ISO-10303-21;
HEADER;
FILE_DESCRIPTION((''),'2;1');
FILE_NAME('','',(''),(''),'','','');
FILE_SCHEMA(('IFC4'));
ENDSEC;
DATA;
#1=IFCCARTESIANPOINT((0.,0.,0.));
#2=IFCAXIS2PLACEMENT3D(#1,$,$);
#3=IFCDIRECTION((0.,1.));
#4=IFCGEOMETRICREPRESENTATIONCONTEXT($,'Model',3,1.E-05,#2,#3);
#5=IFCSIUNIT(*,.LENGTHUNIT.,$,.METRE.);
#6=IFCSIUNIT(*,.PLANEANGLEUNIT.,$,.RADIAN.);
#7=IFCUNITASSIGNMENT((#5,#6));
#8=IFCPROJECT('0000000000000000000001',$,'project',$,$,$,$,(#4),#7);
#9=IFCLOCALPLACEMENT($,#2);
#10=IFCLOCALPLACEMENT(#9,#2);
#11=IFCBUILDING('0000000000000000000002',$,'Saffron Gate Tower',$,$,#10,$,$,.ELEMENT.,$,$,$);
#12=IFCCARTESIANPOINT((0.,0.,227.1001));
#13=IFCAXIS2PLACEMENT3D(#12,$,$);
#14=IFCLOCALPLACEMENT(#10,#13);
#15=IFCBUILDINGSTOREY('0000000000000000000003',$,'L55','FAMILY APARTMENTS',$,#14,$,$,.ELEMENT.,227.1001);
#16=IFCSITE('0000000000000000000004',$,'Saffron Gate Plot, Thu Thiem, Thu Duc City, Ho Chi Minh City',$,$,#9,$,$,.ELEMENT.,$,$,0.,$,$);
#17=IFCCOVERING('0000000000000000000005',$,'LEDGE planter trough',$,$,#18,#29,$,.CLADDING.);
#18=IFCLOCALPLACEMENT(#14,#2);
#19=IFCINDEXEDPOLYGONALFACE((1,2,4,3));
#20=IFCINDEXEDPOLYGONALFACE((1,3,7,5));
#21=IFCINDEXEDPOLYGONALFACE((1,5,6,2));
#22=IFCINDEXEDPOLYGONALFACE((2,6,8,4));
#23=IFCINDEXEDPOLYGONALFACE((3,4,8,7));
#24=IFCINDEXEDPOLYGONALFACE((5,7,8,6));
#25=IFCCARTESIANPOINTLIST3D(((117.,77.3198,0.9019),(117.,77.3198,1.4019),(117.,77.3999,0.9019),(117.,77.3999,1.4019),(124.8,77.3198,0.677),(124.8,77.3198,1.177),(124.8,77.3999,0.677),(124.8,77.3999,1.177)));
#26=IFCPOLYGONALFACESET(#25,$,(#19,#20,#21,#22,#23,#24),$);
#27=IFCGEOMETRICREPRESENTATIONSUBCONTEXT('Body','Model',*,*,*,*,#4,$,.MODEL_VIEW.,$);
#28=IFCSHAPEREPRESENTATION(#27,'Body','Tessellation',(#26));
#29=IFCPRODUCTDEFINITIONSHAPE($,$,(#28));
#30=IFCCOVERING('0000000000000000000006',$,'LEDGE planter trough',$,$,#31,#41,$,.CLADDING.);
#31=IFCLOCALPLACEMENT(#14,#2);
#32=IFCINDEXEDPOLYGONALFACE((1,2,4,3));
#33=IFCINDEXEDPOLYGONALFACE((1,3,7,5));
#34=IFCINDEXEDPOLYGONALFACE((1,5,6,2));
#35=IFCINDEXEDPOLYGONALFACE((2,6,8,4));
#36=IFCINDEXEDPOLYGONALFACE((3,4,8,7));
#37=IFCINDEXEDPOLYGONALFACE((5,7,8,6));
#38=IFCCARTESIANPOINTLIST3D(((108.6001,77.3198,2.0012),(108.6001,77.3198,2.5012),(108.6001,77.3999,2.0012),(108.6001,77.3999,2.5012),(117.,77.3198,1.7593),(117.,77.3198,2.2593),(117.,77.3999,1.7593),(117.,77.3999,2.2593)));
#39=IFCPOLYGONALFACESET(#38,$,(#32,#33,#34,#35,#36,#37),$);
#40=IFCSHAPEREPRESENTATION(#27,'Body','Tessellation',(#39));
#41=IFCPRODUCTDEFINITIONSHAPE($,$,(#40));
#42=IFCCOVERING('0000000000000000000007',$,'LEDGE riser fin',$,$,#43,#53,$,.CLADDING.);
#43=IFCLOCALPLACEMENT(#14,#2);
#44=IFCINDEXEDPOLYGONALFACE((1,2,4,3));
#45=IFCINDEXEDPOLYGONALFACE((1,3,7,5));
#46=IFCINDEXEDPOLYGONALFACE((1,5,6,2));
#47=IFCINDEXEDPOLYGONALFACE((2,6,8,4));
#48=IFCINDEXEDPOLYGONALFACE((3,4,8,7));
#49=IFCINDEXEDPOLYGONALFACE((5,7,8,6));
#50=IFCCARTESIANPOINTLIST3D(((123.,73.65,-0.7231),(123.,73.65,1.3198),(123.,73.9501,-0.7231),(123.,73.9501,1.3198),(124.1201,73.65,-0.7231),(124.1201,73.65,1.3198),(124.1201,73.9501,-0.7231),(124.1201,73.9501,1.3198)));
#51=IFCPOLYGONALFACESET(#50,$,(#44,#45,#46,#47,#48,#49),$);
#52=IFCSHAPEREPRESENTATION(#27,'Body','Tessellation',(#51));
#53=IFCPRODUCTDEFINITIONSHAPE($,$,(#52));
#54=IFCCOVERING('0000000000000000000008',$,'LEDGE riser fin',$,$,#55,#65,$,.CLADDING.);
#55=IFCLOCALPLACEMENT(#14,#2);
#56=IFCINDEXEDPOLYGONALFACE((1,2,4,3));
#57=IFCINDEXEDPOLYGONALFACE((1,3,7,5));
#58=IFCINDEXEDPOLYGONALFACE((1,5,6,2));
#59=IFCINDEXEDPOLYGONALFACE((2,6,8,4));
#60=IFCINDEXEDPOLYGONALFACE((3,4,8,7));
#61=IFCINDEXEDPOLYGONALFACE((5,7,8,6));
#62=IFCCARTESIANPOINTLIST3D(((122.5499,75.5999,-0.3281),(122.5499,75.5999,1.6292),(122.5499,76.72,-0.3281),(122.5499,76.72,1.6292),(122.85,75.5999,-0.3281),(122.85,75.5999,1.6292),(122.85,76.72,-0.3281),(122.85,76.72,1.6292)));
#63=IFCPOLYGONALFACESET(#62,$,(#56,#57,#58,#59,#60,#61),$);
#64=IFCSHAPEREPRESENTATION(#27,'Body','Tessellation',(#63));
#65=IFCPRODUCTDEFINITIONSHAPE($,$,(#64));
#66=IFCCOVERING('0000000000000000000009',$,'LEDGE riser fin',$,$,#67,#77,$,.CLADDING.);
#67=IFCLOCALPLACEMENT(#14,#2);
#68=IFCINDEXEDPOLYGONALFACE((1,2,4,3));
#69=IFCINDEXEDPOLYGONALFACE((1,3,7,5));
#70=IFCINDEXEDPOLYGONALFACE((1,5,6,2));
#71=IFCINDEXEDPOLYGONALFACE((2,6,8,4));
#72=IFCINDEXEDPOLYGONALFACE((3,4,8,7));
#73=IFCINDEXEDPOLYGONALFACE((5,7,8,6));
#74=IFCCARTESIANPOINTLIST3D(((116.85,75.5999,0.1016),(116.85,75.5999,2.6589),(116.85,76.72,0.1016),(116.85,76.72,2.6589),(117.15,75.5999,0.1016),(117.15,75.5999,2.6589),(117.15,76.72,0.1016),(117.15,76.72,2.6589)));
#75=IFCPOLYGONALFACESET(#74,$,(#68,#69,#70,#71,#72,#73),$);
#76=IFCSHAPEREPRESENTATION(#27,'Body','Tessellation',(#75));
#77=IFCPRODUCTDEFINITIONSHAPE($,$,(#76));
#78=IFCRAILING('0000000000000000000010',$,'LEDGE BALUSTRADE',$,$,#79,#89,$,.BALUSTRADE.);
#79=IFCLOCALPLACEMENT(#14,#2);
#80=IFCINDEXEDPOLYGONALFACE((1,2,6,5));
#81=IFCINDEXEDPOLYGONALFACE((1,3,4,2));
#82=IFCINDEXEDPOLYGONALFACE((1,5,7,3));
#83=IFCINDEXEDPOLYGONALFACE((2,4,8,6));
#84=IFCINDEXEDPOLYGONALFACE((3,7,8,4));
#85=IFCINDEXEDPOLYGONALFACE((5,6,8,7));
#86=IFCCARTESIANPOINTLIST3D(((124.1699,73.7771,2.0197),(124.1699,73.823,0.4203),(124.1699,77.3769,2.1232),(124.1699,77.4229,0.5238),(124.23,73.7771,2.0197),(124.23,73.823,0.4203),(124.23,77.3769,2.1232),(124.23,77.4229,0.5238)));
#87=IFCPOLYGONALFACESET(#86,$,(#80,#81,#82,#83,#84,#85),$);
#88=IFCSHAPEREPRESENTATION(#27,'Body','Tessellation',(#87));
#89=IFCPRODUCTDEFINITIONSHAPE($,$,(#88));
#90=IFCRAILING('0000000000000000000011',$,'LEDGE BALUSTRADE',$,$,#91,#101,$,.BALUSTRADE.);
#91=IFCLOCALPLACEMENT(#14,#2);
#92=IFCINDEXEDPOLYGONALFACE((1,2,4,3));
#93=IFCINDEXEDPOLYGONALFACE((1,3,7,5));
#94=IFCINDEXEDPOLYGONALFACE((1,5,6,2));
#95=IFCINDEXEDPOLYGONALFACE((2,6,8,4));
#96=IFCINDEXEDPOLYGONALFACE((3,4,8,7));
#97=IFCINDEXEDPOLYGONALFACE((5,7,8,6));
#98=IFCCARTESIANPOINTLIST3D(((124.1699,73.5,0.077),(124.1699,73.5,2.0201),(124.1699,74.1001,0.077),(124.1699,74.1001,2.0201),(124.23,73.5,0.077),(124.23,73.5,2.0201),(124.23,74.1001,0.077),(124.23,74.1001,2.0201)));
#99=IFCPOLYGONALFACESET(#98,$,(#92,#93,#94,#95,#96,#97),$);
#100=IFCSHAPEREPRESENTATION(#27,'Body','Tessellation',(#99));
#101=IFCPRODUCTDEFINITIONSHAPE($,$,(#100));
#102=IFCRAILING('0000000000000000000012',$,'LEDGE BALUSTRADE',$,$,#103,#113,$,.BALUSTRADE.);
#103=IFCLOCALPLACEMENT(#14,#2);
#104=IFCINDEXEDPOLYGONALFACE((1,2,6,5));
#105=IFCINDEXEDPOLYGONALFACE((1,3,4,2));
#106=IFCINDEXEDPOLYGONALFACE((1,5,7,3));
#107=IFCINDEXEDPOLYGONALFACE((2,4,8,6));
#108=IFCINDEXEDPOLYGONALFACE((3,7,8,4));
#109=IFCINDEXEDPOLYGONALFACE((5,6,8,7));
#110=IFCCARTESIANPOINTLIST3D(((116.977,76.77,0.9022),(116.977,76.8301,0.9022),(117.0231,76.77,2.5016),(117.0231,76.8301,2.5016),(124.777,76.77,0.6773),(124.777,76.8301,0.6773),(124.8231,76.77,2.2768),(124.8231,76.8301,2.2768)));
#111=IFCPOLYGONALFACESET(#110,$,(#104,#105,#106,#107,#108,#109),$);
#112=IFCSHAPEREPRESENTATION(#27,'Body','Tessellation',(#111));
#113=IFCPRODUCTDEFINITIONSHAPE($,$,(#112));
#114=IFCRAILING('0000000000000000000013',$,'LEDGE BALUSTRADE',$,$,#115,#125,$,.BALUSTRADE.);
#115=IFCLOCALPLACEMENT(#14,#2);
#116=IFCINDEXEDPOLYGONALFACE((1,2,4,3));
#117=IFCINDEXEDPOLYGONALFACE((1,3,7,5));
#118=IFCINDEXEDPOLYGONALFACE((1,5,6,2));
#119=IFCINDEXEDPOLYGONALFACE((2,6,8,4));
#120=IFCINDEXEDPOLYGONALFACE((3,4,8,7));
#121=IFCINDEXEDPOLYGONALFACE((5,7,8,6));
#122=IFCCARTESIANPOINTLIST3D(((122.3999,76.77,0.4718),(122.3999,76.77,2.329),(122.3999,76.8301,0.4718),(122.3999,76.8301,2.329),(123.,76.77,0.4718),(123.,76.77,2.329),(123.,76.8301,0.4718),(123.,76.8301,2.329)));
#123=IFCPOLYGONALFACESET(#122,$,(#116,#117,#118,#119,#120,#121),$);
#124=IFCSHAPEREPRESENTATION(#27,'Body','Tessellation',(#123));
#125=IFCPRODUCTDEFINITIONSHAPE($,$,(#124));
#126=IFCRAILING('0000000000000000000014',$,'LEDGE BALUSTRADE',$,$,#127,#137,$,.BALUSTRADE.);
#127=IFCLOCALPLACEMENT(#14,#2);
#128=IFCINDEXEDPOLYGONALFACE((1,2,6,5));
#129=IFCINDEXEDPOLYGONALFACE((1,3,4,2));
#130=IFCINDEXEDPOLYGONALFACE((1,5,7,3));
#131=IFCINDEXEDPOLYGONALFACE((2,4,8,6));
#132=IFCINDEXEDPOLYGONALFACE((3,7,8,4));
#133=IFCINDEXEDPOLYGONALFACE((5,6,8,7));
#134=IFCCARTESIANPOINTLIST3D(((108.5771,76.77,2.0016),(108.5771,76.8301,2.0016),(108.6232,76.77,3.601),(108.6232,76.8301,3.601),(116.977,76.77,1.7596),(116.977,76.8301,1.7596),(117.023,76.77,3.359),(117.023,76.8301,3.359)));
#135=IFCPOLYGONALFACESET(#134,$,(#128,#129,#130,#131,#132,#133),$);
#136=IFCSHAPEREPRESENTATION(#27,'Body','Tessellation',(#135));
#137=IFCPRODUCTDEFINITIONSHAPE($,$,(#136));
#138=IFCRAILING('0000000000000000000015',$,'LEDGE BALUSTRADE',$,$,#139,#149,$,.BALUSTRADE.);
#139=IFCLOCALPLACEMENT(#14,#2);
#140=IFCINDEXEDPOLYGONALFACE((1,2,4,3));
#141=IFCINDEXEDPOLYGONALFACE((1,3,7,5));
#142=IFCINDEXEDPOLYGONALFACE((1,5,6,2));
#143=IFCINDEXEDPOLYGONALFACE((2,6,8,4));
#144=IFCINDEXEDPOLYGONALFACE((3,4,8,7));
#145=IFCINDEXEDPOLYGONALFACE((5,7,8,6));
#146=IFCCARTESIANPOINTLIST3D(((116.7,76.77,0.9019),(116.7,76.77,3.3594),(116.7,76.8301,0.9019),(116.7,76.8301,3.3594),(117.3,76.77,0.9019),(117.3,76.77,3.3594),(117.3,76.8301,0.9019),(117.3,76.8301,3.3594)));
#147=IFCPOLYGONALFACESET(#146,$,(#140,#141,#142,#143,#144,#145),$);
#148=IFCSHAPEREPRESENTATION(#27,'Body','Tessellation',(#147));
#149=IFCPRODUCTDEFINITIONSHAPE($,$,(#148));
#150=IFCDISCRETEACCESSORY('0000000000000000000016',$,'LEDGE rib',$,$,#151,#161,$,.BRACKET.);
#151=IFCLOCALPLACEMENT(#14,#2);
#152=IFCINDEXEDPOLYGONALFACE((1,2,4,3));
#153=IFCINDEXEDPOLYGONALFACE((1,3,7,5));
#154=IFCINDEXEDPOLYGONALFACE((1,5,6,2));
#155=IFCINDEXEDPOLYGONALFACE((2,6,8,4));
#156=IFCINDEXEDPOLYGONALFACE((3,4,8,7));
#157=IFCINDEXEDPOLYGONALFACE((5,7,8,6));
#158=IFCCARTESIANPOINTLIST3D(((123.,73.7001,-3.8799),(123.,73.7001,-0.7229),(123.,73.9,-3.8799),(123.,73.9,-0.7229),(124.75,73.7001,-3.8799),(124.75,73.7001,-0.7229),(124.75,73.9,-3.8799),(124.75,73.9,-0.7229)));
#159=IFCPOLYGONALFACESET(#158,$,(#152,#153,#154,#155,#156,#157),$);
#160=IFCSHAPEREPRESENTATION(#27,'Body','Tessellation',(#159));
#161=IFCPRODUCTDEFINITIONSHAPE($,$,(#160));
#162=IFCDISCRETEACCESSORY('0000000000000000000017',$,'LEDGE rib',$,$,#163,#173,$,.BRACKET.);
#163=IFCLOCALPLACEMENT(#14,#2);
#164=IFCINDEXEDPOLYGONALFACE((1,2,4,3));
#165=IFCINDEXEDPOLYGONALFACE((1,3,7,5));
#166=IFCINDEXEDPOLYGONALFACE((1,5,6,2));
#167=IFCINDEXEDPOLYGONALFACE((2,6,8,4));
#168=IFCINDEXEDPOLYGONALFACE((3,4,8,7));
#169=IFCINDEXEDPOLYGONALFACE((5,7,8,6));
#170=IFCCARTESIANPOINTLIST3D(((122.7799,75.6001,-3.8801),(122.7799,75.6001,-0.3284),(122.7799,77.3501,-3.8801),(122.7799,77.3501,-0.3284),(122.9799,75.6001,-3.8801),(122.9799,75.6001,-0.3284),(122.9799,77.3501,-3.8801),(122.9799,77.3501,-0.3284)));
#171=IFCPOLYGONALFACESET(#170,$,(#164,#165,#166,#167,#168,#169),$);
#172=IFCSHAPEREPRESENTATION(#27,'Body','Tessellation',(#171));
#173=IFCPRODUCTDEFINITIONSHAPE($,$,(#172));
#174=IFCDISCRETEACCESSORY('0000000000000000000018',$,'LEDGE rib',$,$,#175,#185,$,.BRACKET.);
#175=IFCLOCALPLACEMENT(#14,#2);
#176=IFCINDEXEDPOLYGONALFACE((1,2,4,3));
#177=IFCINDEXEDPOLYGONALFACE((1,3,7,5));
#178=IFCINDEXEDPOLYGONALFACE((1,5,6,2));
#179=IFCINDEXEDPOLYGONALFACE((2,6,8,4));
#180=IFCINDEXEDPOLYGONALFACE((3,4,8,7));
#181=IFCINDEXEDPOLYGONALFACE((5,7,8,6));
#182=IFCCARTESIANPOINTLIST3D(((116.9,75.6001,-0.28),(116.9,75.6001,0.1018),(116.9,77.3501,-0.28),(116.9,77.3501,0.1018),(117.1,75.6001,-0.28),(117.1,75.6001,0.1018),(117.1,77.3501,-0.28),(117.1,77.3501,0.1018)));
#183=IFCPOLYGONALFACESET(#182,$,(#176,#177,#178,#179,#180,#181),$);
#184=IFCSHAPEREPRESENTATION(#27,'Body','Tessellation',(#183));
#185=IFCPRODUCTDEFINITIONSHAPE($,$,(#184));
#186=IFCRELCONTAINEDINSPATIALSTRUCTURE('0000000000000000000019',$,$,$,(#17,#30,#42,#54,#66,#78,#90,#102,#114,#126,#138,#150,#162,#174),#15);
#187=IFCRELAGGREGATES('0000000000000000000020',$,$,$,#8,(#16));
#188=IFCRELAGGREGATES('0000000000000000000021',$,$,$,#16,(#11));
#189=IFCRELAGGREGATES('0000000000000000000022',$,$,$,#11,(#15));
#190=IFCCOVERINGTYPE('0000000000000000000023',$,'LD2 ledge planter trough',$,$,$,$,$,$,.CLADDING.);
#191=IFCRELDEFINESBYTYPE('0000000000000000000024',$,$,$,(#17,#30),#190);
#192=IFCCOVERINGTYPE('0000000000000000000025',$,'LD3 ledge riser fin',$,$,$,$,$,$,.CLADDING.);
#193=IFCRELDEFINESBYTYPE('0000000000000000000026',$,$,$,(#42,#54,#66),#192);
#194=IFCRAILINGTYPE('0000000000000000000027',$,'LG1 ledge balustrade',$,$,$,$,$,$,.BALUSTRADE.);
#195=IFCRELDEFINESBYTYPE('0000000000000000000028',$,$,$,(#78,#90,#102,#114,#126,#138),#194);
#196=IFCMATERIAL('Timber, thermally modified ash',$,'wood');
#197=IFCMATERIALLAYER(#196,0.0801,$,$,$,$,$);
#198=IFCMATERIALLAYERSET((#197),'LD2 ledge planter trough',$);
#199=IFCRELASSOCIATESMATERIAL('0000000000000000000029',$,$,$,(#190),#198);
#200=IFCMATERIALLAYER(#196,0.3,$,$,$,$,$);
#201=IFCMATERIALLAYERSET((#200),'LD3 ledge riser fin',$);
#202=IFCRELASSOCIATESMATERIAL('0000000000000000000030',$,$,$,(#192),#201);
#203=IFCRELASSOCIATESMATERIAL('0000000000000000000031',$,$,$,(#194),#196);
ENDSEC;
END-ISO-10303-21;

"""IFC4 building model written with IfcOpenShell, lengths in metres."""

from ifc_helpers import new_model, si_unit, direction, frame, origin, origin_2d, place, context, subcontext, project, spatial, polyline, rectangle, outline, extrude, material, layer, layer_set, type_object, element, save


model = new_model("IFC4")

# Units and contexts
model_context = context("Model", 3, precision=1e-05, world=origin(), true_north=direction((0.0, 1.0)))
body_context = subcontext(model_context, "Body", "Model", "MODEL_VIEW")
ifc_project = project(units=[si_unit("LENGTHUNIT", "METRE"), si_unit("PLANEANGLEUNIT", "RADIAN")], contexts=[model_context])

# Site, building, storey
site_placement = place(None, origin())
site = spatial("IfcSite", under=ifc_project, at=site_placement, Name="Saffron Gate Plot, Thu Thiem, Thu Duc City, Ho Chi Minh City", CompositionType="ELEMENT", RefElevation=0.0)
building_placement = place(site_placement, origin())
building = spatial("IfcBuilding", under=site, at=building_placement, Name="Saffron Gate Tower", CompositionType="ELEMENT")
storey_placement = place(building_placement, frame((0.0, 0.0, 227.1001)))
storey = spatial("IfcBuildingStorey", under=building, at=storey_placement, Name="L55", Description="FAMILY APARTMENTS", CompositionType="ELEMENT", Elevation=227.1001)

# Coverings
ifc_material_1 = material(Name="Timber, thermally modified ash", Category="wood")
ifc_layer_1 = layer(ifc_material_1, 0.0801)
ifc_layer_set_1 = layer_set([ifc_layer_1], Name="LD2 ledge planter trough")
covering_type_1 = type_object("IfcCoveringType", Name="LD2 ledge planter trough", PredefinedType="CLADDING", material=ifc_layer_set_1)
covering_1_placement = place(storey_placement, frame((124.8, 77.3999, 0.677), z_axis=(0.0, 1.0, 0.0), x_axis=(-0.999585, 0.0, 0.028815)))
element("IfcCovering", 1, at=covering_1_placement, inside=storey, type_object=covering_type_1, Name="LEDGE planter trough", PredefinedType="CLADDING", context=body_context, shape_type="SweptSolid", body=[
    extrude(outline(polyline([(0.0, 0.0), (7.8033, 0.0), (7.8177, 0.4998), (0.0144, 0.4998), (0.0, 0.0)])), origin(), (0.0, 0.0, -1.0), 0.0801),
])
covering_2_placement = place(storey_placement, frame((117.0, 77.3999, 1.7593), z_axis=(0.0, 1.0, 0.0), x_axis=(-0.999585, 0.0, 0.028791)))
element("IfcCovering", 2, at=covering_2_placement, inside=storey, type_object=covering_type_1, Name="LEDGE planter trough", PredefinedType="CLADDING", context=body_context, shape_type="SweptSolid", body=[
    extrude(outline(polyline([(0.0, 0.0), (8.4034, 0.0), (8.4178, 0.4998), (0.0144, 0.4998), (0.0, 0.0)])), origin(), (0.0, 0.0, -1.0), 0.0801),
])
ifc_layer_2 = layer(ifc_material_1, 0.3)
ifc_layer_set_2 = layer_set([ifc_layer_2], Name="LD3 ledge riser fin")
covering_type_2 = type_object("IfcCoveringType", Name="LD3 ledge riser fin", PredefinedType="CLADDING", material=ifc_layer_set_2)
covering_3_placement = place(storey_placement, frame((123.5601, 73.8, -0.7231), z_axis=(0.0, 0.0, 1.0), x_axis=(0.0, 1.0, 0.0)))
element("IfcCovering", 3, at=covering_3_placement, inside=storey, type_object=covering_type_2, Name="LEDGE riser fin", PredefinedType="CLADDING", context=body_context, shape_type="SweptSolid", body=[
    extrude(rectangle(XDim=0.3, YDim=1.1201, at=origin_2d()), origin(), (0.0, 0.0, 1.0), 2.043),
])
covering_4_placement = place(storey_placement, frame((122.7, 76.1599, -0.3281), z_axis=(0.0, 0.0, 1.0), x_axis=(-1.0, 0.0, 0.0)))
element("IfcCovering", 4, at=covering_4_placement, inside=storey, type_object=covering_type_2, Name="LEDGE riser fin", PredefinedType="CLADDING", context=body_context, shape_type="SweptSolid", body=[
    extrude(rectangle(XDim=0.3, YDim=1.1201, at=origin_2d()), origin(), (0.0, 0.0, 1.0), 1.9573),
])
covering_5_placement = place(storey_placement, frame((117.0, 76.1599, 0.1016), z_axis=(0.0, 0.0, 1.0), x_axis=(-1.0, 0.0, 0.0)))
element("IfcCovering", 5, at=covering_5_placement, inside=storey, type_object=covering_type_2, Name="LEDGE riser fin", PredefinedType="CLADDING", context=body_context, shape_type="SweptSolid", body=[
    extrude(rectangle(XDim=0.3, YDim=1.1201, at=origin_2d()), origin(), (0.0, 0.0, 1.0), 2.5574),
])

# Railings
railing_type = type_object("IfcRailingType", Name="LG1 ledge balustrade", PredefinedType="BALUSTRADE", material=ifc_material_1)
railing_1_placement = place(storey_placement, frame((124.2, 73.8, 0.4199)))
element("IfcRailing", 6, at=railing_1_placement, inside=storey, type_object=railing_type, Name="LEDGE BALUSTRADE", PredefinedType="BALUSTRADE", context=body_context, shape_type="SweptSolid", body=[
    extrude(rectangle(XDim=0.0601, YDim=1.6001, at=origin_2d()), frame((0.0, 0.0, 0.8), z_axis=(0.0, 0.999587, 0.028744), x_axis=(-1.0, 0.0, 0.0)), (0.0, 0.0, 1.0), 3.6013),
])
railing_2_placement = place(storey_placement, frame((124.2, 73.5, 0.0769)))
element("IfcRailing", 7, at=railing_2_placement, inside=storey, type_object=railing_type, Name="LEDGE BALUSTRADE", PredefinedType="BALUSTRADE", context=body_context, shape_type="SweptSolid", body=[
    extrude(rectangle(XDim=0.0601, YDim=1.9431, at=origin_2d()), frame((0.0, 0.0, 0.9717), z_axis=(0.0, 1.0, 0.0), x_axis=(-1.0, 0.0, 0.0)), (0.0, 0.0, 1.0), 0.6001),
])
railing_3_placement = place(storey_placement, frame((124.8, 76.8, 0.677)))
element("IfcRailing", 8, at=railing_3_placement, inside=storey, type_object=railing_type, Name="LEDGE BALUSTRADE", PredefinedType="BALUSTRADE", context=body_context, shape_type="SweptSolid", body=[
    extrude(rectangle(XDim=0.0601, YDim=1.6001, at=origin_2d()), frame((0.0, 0.0, 0.8), z_axis=(-0.999585, 0.0, 0.028815), x_axis=(0.0, -1.0, 0.0)), (0.0, 0.0, 1.0), 7.8032),
])
railing_4_placement = place(storey_placement, frame((123.0, 76.8, 0.4717)))
element("IfcRailing", 9, at=railing_4_placement, inside=storey, type_object=railing_type, Name="LEDGE BALUSTRADE", PredefinedType="BALUSTRADE", context=body_context, shape_type="SweptSolid", body=[
    extrude(rectangle(XDim=0.0601, YDim=1.8572, at=origin_2d()), frame((0.0, 0.0, 0.9287), z_axis=(-1.0, 0.0, 0.0), x_axis=(0.0, -1.0, 0.0)), (0.0, 0.0, 1.0), 0.6001),
])
railing_5_placement = place(storey_placement, frame((117.0, 76.8, 1.7593)))
element("IfcRailing", 10, at=railing_5_placement, inside=storey, type_object=railing_type, Name="LEDGE BALUSTRADE", PredefinedType="BALUSTRADE", context=body_context, shape_type="SweptSolid", body=[
    extrude(rectangle(XDim=0.0601, YDim=1.6001, at=origin_2d()), frame((0.0, 0.0, 0.8), z_axis=(-0.999585, 0.0, 0.028791), x_axis=(0.0, -1.0, 0.0)), (0.0, 0.0, 1.0), 8.4033),
])
railing_6_placement = place(storey_placement, frame((117.3, 76.8, 0.9019)))
element("IfcRailing", 11, at=railing_6_placement, inside=storey, type_object=railing_type, Name="LEDGE BALUSTRADE", PredefinedType="BALUSTRADE", context=body_context, shape_type="SweptSolid", body=[
    extrude(rectangle(XDim=0.0601, YDim=2.4575, at=origin_2d()), frame((0.0, 0.0, 1.2288), z_axis=(-1.0, 0.0, 0.0), x_axis=(0.0, -1.0, 0.0)), (0.0, 0.0, 1.0), 0.6001),
])

# Discrete accessories
discrete_accessory_1_placement = place(storey_placement, frame((123.875, 73.8, -3.8799), z_axis=(0.0, 0.0, 1.0), x_axis=(0.0, 1.0, 0.0)))
element("IfcDiscreteAccessory", 12, at=discrete_accessory_1_placement, inside=storey, Name="LEDGE rib", PredefinedType="BRACKET", context=body_context, shape_type="SweptSolid", body=[
    extrude(rectangle(XDim=0.2, YDim=1.75, at=origin_2d()), origin(), (0.0, 0.0, 1.0), 3.157),
])
discrete_accessory_2_placement = place(storey_placement, frame((122.8799, 76.4751, -3.8801), z_axis=(0.0, 0.0, 1.0), x_axis=(-1.0, 0.0, 0.0)))
element("IfcDiscreteAccessory", 13, at=discrete_accessory_2_placement, inside=storey, Name="LEDGE rib", PredefinedType="BRACKET", context=body_context, shape_type="SweptSolid", body=[
    extrude(rectangle(XDim=0.2, YDim=1.75, at=origin_2d()), origin(), (0.0, 0.0, 1.0), 3.5518),
])
discrete_accessory_3_placement = place(storey_placement, frame((117.0, 76.4751, -0.28), z_axis=(0.0, 0.0, 1.0), x_axis=(-1.0, 0.0, 0.0)))
element("IfcDiscreteAccessory", 14, at=discrete_accessory_3_placement, inside=storey, Name="LEDGE rib", PredefinedType="BRACKET", context=body_context, shape_type="SweptSolid", body=[
    extrude(rectangle(XDim=0.2, YDim=1.75, at=origin_2d()), origin(), (0.0, 0.0, 1.0), 0.3818),
])

save(model, "model.ifc")
